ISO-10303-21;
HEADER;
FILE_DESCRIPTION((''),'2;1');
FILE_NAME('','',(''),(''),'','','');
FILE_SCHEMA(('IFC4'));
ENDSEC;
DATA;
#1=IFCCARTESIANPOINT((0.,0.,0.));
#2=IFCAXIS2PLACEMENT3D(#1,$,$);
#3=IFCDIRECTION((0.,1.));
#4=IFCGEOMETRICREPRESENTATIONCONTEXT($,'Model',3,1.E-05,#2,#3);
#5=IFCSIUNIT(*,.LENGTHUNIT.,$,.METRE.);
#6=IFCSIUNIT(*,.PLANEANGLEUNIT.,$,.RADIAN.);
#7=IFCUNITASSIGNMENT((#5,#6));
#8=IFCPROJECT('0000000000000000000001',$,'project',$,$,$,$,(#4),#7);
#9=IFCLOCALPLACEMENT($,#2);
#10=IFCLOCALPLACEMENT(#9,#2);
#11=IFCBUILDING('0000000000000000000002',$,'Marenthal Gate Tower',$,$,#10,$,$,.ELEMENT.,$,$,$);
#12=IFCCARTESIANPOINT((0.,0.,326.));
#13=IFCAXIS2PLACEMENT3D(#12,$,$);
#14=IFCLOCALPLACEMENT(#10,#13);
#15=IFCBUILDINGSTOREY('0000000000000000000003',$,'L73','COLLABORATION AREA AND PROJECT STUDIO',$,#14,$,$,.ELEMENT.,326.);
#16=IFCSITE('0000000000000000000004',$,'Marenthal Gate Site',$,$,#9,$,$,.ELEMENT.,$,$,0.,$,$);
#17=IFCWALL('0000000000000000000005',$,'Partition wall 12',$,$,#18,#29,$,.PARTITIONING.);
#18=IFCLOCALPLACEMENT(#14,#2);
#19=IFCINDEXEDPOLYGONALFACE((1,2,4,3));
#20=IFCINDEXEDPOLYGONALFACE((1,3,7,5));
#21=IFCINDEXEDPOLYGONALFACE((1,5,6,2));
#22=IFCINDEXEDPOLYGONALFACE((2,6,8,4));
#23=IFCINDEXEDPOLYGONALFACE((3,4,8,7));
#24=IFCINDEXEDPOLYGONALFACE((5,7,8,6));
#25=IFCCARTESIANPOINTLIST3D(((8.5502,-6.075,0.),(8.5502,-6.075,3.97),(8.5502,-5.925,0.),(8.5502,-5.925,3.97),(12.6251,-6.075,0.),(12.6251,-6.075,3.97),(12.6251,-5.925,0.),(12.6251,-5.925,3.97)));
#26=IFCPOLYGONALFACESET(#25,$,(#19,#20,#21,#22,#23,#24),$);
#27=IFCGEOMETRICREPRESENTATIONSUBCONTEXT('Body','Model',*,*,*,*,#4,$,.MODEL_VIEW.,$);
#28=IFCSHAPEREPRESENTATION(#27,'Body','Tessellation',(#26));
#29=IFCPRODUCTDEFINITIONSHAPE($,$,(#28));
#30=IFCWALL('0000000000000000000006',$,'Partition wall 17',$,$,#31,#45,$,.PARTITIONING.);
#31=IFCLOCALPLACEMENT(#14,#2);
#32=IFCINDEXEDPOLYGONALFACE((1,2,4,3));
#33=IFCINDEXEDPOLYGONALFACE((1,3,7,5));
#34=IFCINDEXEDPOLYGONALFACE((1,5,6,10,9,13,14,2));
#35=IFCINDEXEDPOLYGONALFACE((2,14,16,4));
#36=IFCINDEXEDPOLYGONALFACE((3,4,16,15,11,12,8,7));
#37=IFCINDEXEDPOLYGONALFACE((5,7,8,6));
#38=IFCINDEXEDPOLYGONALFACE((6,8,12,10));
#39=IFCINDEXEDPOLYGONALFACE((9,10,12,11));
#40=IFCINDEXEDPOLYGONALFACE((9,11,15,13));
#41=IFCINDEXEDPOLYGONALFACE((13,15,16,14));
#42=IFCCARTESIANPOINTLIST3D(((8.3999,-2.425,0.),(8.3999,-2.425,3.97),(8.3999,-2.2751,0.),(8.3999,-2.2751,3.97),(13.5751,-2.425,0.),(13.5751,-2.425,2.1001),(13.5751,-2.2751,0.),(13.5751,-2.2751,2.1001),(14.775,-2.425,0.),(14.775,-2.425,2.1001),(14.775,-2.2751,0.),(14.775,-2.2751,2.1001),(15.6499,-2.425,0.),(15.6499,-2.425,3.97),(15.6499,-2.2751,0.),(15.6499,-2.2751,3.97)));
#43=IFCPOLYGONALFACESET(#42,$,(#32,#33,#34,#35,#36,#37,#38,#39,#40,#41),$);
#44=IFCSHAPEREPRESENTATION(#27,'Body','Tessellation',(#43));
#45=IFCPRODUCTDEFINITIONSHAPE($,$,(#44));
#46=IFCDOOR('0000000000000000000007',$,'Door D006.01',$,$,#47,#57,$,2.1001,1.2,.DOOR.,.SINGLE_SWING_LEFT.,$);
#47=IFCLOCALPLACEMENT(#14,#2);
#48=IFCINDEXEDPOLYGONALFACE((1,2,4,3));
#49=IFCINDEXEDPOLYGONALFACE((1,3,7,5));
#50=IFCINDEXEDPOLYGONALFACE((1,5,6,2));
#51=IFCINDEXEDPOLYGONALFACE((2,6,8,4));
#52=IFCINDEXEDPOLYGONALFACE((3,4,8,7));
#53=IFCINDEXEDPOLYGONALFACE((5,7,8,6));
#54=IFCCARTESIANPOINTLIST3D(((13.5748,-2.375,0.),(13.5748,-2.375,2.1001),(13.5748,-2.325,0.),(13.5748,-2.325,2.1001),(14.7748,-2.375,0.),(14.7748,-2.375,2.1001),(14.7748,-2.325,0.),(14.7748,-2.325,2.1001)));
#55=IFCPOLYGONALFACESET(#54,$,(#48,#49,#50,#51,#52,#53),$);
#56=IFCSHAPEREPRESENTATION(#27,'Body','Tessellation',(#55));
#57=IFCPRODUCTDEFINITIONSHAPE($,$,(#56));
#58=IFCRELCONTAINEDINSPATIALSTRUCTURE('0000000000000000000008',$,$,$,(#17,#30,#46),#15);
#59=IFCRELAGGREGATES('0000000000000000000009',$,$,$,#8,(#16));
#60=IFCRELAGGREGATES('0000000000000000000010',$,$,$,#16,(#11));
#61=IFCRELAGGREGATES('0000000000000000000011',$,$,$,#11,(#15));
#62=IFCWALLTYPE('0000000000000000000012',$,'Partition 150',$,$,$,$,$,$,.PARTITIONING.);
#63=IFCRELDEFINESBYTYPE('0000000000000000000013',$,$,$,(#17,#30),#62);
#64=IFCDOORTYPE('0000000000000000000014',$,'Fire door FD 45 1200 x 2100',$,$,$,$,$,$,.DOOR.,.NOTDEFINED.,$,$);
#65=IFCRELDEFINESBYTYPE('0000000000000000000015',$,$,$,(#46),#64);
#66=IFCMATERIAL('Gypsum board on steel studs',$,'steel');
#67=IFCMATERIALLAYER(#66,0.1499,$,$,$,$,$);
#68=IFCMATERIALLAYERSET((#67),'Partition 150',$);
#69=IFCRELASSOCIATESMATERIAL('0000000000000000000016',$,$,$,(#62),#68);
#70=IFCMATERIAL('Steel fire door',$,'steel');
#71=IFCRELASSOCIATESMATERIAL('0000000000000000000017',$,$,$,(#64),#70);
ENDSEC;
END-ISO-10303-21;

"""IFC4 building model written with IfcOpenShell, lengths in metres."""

from ifc_helpers import new_model, si_unit, direction, frame, frame_2d, origin, place, context, subcontext, project, spatial, rectangle, extrude, material, layer, layer_set, type_object, element, fill, save


model = new_model("IFC4")

# Units and contexts
model_context = context("Model", 3, precision=1e-05, world=origin(), true_north=direction((0.0, 1.0)))
body_context = subcontext(model_context, "Body", "Model", "MODEL_VIEW")
ifc_project = project(units=[si_unit("LENGTHUNIT", "METRE"), si_unit("PLANEANGLEUNIT", "RADIAN")], contexts=[model_context])

# Site, building, storey
site_placement = place(None, origin())
site = spatial("IfcSite", under=ifc_project, at=site_placement, Name="Marenthal Gate Site", CompositionType="ELEMENT", RefElevation=0.0)
building_placement = place(site_placement, origin())
building = spatial("IfcBuilding", under=site, at=building_placement, Name="Marenthal Gate Tower", CompositionType="ELEMENT")
storey_placement = place(building_placement, frame((0.0, 0.0, 326.0)))
storey = spatial("IfcBuildingStorey", under=building, at=storey_placement, Name="L73", Description="COLLABORATION AREA AND PROJECT STUDIO", CompositionType="ELEMENT", Elevation=326.0)

# Wall
ifc_material_1 = material(Name="Gypsum board on steel studs", Category="steel")
ifc_layer_1 = layer(ifc_material_1, 0.1499)
ifc_layer_set_1 = layer_set([ifc_layer_1], Name="Partition 150")
wall_type_1 = type_object("IfcWallType", Name="Partition 150", PredefinedType="PARTITIONING", material=ifc_layer_set_1)
wall_1_placement = place(storey_placement, frame((8.55, -6.0, 0.0), z_axis=(0.0, 0.0, 1.0), x_axis=(1.0, 0.0, 0.0)))
element("IfcWall", 1, at=wall_1_placement, inside=storey, type_object=wall_type_1, Name="Partition wall 12", PredefinedType="PARTITIONING", context=body_context, shape_type="SweptSolid", body=[
    extrude(rectangle(XDim=4.075, YDim=0.1499, at=frame_2d((2.0376, 0.0))), origin(), (0.0, 0.0, 1.0), 3.97),
])

# Wall, opening, door
wall_2_placement = place(storey_placement, frame((8.3999, -2.3501, 0.0), z_axis=(0.0, 0.0, 1.0), x_axis=(1.0, 0.0, 0.0)))
wall_2 = element("IfcWall", 2, at=wall_2_placement, inside=storey, type_object=wall_type_1, Name="Partition wall 17", PredefinedType="PARTITIONING", context=body_context, shape_type="SweptSolid", body=[
    extrude(rectangle(XDim=7.25, YDim=0.1499, at=frame_2d((3.625, 0.0))), origin(), (0.0, 0.0, 1.0), 3.97),
])
opening_placement = place(wall_2_placement, frame((5.175, 0.0, 0.0)))
opening = element("IfcOpeningElement", 3, at=opening_placement, cuts=wall_2, PredefinedType="OPENING", context=body_context, shape_type="SweptSolid", body=[
    extrude(rectangle(XDim=1.2, YDim=2.1001, at=frame_2d((0.6001, 1.05))), frame((0.0, 0.085, 0.0), z_axis=(0.0, -1.0, 0.0), x_axis=(1.0, 0.0, 0.0)), (0.0, 0.0, 1.0), 0.1699),
])
ifc_material_2 = material(Name="Steel fire door", Category="steel")
door_type = type_object("IfcDoorType", Name="Fire door FD 45 1200 x 2100", OperationType="NOTDEFINED", PredefinedType="DOOR", material=ifc_material_2)
door_placement = place(opening_placement, frame((1.2, 0.0, 0.0), z_axis=(0.0, 0.0, 1.0), x_axis=(-1.0, 0.0, 0.0)))
door = element("IfcDoor", 4, at=door_placement, inside=storey, type_object=door_type, Name="Door D006.01", OperationType="SINGLE_SWING_LEFT", OverallHeight=2.1001, OverallWidth=1.2, PredefinedType="DOOR", context=body_context, shape_type="SweptSolid", body=[
    extrude(rectangle(XDim=1.2, YDim=2.1001, at=frame_2d((0.6001, 1.05))), frame((0.0, 0.0249, 0.0), z_axis=(0.0, -1.0, 0.0), x_axis=(1.0, 0.0, 0.0)), (0.0, 0.0, 1.0), 0.05),
])
fill(opening, door)

save(model, "model.ifc")
